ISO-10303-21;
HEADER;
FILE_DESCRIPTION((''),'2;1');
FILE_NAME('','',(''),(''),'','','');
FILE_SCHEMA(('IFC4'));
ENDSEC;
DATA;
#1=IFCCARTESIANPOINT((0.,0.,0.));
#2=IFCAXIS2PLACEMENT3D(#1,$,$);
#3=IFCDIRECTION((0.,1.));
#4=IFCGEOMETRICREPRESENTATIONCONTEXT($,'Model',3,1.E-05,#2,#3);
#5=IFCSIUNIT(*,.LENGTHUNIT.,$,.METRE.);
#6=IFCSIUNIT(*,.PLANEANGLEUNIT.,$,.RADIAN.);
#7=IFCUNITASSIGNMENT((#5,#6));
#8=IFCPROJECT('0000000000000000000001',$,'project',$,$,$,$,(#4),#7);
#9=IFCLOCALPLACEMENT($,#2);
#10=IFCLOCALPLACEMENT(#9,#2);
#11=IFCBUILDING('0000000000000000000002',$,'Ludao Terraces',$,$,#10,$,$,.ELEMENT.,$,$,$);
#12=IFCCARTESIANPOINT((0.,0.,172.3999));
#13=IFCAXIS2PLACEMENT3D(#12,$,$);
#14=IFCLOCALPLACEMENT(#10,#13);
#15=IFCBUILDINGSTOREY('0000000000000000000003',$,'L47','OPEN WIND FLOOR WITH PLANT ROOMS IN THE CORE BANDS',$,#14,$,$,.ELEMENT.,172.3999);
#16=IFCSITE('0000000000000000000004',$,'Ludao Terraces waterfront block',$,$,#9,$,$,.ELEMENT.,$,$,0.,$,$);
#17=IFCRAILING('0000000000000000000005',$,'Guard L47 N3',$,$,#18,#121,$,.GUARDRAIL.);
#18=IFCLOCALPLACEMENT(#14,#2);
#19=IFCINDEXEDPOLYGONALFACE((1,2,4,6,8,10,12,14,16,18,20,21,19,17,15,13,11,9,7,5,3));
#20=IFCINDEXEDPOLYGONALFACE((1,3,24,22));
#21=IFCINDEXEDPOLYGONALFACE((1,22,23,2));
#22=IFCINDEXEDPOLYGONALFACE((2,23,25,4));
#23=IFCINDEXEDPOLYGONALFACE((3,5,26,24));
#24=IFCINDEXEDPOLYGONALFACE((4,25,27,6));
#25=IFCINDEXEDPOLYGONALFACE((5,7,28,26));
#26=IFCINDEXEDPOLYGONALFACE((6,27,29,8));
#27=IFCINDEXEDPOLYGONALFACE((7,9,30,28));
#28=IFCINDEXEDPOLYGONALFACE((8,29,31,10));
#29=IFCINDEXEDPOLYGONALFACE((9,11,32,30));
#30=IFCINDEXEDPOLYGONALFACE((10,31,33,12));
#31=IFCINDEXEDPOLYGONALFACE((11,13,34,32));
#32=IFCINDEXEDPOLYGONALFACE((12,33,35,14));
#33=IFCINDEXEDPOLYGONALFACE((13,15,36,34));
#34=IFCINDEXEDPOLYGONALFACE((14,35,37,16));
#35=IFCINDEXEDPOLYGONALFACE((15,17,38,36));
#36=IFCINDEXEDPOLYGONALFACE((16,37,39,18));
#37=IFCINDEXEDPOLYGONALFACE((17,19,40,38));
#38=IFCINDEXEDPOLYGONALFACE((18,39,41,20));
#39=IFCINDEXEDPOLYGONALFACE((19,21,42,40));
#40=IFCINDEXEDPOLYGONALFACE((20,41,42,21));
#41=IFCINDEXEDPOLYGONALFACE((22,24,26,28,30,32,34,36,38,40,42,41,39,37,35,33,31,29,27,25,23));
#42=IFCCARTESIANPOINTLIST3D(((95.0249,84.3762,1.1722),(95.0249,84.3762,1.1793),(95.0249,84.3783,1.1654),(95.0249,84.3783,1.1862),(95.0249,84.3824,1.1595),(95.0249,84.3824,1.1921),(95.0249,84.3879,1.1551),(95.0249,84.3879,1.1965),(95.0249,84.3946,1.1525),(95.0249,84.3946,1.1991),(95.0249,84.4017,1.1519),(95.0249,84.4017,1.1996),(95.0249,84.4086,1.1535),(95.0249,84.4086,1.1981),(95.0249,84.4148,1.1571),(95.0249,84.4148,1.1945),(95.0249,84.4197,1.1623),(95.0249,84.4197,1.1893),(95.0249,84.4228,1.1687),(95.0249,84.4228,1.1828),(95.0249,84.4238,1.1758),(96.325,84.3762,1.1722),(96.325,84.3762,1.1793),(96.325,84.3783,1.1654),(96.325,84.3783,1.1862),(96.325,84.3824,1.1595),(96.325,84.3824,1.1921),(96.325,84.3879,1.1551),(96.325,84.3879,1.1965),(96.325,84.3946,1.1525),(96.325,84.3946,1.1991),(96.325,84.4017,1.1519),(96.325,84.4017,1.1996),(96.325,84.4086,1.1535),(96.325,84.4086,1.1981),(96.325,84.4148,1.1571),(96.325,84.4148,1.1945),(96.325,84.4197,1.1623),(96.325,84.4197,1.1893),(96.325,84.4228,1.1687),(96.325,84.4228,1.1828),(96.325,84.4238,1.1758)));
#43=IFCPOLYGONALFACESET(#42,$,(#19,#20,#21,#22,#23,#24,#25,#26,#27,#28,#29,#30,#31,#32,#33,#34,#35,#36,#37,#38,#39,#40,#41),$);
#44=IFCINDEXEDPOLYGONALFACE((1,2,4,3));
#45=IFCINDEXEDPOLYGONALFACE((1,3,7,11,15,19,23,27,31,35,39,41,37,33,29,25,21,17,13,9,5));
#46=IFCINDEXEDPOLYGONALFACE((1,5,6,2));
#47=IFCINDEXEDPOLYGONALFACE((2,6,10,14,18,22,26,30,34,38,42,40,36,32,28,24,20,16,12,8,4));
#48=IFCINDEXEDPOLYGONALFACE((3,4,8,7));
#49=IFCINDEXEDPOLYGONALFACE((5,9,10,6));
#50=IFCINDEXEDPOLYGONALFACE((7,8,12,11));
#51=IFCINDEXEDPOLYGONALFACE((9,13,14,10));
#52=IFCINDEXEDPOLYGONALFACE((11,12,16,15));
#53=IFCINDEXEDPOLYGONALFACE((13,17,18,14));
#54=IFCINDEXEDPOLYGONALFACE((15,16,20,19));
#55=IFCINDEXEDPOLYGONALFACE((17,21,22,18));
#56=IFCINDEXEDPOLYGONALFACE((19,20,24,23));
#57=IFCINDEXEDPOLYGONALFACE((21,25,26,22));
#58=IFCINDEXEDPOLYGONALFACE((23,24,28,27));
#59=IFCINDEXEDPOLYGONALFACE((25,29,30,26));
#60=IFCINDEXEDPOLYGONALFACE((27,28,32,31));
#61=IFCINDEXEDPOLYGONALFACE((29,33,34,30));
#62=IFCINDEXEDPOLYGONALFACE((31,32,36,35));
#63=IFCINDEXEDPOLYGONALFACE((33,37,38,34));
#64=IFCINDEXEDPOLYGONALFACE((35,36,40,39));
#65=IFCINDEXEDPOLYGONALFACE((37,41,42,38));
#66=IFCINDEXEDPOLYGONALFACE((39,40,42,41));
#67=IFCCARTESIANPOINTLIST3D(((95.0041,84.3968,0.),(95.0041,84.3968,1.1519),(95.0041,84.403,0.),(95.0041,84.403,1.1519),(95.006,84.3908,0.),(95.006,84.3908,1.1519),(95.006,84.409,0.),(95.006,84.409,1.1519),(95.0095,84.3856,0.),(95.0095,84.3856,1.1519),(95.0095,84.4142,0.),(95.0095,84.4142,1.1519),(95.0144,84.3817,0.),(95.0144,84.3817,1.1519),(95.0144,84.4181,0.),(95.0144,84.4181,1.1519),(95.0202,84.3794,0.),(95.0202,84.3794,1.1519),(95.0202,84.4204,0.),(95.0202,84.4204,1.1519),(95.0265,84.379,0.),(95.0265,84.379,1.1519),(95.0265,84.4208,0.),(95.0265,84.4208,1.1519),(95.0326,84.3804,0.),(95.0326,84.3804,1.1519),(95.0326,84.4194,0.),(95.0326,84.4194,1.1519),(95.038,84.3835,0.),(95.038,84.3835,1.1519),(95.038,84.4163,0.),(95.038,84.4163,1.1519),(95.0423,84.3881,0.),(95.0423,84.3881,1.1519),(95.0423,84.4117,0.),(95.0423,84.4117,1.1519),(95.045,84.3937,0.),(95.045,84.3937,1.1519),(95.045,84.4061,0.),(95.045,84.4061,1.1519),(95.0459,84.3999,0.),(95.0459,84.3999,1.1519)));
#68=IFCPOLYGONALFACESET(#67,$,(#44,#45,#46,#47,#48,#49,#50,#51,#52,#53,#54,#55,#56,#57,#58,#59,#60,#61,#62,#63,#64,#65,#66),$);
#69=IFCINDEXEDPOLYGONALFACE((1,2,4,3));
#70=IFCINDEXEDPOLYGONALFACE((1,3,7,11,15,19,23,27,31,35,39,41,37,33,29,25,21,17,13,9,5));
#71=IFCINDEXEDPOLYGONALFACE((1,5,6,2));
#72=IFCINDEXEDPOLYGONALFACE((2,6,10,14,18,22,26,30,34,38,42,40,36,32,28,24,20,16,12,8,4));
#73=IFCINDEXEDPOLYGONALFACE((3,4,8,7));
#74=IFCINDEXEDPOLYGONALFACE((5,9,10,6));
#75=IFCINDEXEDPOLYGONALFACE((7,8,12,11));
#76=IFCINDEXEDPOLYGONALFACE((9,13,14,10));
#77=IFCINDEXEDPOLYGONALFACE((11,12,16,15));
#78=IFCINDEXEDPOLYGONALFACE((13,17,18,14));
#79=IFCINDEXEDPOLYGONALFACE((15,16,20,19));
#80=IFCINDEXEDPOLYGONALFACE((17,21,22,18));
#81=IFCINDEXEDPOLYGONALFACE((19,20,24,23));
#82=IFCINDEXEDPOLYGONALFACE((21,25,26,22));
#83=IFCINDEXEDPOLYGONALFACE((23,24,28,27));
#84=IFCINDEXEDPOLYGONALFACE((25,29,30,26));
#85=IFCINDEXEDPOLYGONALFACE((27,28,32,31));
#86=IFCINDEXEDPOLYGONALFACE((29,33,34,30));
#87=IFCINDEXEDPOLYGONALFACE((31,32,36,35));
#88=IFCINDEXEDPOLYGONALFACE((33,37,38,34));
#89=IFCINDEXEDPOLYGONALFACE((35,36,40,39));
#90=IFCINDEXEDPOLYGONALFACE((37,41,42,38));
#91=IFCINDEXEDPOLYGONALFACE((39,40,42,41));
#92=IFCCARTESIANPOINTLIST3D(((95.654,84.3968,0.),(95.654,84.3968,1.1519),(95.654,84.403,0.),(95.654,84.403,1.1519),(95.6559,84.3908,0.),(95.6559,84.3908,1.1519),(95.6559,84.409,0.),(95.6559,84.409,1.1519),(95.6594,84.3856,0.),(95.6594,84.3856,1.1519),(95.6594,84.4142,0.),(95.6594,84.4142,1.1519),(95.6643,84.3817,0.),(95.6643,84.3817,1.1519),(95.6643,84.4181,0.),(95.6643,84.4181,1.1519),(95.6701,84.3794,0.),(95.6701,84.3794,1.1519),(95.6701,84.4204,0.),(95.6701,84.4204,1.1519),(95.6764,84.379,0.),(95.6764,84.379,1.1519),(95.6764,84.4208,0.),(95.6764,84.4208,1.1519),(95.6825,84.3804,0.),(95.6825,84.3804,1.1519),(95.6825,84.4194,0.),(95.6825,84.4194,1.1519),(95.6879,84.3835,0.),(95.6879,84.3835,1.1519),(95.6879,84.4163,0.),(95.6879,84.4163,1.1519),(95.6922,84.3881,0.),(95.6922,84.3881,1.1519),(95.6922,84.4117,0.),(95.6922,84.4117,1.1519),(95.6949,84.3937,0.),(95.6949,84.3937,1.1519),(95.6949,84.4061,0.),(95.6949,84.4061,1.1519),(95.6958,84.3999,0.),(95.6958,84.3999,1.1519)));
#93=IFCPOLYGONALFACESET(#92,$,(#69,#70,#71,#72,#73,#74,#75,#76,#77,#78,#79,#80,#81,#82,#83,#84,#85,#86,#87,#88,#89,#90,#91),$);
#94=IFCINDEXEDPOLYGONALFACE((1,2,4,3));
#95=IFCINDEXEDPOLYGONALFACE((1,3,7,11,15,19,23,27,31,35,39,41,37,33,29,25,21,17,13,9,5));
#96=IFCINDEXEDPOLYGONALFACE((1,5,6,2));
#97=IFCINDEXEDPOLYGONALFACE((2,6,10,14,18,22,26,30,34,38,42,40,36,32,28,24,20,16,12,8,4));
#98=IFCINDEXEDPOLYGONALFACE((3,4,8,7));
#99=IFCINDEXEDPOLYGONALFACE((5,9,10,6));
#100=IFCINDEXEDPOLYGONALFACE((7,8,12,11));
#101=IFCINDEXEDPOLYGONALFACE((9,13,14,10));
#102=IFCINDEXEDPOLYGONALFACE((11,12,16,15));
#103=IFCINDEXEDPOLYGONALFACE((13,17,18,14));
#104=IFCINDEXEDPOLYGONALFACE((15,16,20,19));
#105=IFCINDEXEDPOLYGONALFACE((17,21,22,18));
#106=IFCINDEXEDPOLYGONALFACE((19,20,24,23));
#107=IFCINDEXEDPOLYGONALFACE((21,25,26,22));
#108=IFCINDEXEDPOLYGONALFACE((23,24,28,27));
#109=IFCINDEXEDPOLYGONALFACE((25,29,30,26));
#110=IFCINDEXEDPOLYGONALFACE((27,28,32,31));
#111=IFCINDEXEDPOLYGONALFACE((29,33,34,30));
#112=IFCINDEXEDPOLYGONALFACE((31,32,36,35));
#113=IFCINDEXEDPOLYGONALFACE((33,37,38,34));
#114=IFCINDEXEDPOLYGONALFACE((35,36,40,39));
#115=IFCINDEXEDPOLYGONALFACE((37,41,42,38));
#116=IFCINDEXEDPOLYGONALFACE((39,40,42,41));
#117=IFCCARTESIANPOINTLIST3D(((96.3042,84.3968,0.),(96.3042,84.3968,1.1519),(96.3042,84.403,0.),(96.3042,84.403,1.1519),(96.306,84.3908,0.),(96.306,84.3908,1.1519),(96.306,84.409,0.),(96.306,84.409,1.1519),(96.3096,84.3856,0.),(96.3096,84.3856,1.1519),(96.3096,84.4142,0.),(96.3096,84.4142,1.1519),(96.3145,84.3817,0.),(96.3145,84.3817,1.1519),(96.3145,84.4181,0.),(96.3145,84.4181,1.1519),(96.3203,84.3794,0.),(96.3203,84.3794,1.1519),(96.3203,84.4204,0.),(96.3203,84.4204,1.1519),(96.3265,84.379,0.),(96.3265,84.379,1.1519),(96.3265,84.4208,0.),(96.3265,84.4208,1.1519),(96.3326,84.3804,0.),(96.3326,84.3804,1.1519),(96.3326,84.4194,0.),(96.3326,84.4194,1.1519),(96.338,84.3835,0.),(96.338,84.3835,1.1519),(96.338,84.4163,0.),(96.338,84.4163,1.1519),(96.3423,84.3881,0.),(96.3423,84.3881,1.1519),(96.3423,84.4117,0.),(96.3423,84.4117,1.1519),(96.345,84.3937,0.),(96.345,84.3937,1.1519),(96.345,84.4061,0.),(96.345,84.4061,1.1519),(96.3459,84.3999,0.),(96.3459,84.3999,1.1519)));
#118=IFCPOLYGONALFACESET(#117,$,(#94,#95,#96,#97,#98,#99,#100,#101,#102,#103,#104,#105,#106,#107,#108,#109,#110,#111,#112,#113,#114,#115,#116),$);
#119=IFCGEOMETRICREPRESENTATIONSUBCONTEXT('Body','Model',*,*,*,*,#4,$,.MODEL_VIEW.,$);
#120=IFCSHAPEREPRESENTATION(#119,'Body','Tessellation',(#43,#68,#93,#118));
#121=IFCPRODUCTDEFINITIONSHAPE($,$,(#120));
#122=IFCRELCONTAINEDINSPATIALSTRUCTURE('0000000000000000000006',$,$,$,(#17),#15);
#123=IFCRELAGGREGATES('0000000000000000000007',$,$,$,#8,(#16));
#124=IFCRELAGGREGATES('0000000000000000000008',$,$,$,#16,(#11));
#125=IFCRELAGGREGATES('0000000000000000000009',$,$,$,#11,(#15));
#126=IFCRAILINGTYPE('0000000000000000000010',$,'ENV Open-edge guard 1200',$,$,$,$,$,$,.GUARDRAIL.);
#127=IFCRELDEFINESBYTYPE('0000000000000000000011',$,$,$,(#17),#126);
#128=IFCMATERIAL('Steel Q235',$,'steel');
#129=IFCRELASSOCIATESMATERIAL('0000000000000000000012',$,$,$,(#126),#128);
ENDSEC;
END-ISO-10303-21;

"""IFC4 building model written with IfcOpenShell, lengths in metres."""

from ifc_helpers import new_model, si_unit, direction, frame, origin, origin_2d, place, context, subcontext, project, spatial, circle, extrude, material, type_object, element, save


model = new_model("IFC4")

# Units and contexts
model_context = context("Model", 3, precision=1e-05, world=origin(), true_north=direction((0.0, 1.0)))
body_context = subcontext(model_context, "Body", "Model", "MODEL_VIEW")
ifc_project = project(units=[si_unit("LENGTHUNIT", "METRE"), si_unit("PLANEANGLEUNIT", "RADIAN")], contexts=[model_context])

# Site, building, storey
site_placement = place(None, origin())
site = spatial("IfcSite", under=ifc_project, at=site_placement, Name="Ludao Terraces waterfront block", CompositionType="ELEMENT", RefElevation=0.0)
building_placement = place(site_placement, origin())
building = spatial("IfcBuilding", under=site, at=building_placement, Name="Ludao Terraces", CompositionType="ELEMENT")
storey_placement = place(building_placement, frame((0.0, 0.0, 172.3999)))
storey = spatial("IfcBuildingStorey", under=building, at=storey_placement, Name="L47", Description="OPEN WIND FLOOR WITH PLANT ROOMS IN THE CORE BANDS", CompositionType="ELEMENT", Elevation=172.3999)

# Shared definitions
ifc_material_1 = material(Name="Steel Q235", Category="steel")

# Railing
railing_type_1 = type_object("IfcRailingType", Name="ENV Open-edge guard 1200", PredefinedType="GUARDRAIL", material=ifc_material_1)
railing_1_placement = place(storey_placement, frame((95.0249, 84.3999, 0.0)))
element("IfcRailing", 1, at=railing_1_placement, inside=storey, type_object=railing_type_1, Name="Guard L47 N3", PredefinedType="GUARDRAIL", context=body_context, shape_type="SweptSolid", body=[
    extrude(circle(Radius=0.0239, at=origin_2d()), frame((0.0, 0.0, 1.1758), z_axis=(1.0, 0.0, 0.0), x_axis=(0.0, 1.0, 0.0)), (0.0, 0.0, 1.0), 1.3),
    extrude(circle(Radius=0.021, at=origin_2d()), origin(), (0.0, 0.0, 1.0), 1.1519),
    extrude(circle(Radius=0.021, at=origin_2d()), frame((0.6499, 0.0, 0.0)), (0.0, 0.0, 1.0), 1.1519),
    extrude(circle(Radius=0.021, at=origin_2d()), frame((1.3, 0.0, 0.0)), (0.0, 0.0, 1.0), 1.1519),
])

save(model, "model.ifc")
